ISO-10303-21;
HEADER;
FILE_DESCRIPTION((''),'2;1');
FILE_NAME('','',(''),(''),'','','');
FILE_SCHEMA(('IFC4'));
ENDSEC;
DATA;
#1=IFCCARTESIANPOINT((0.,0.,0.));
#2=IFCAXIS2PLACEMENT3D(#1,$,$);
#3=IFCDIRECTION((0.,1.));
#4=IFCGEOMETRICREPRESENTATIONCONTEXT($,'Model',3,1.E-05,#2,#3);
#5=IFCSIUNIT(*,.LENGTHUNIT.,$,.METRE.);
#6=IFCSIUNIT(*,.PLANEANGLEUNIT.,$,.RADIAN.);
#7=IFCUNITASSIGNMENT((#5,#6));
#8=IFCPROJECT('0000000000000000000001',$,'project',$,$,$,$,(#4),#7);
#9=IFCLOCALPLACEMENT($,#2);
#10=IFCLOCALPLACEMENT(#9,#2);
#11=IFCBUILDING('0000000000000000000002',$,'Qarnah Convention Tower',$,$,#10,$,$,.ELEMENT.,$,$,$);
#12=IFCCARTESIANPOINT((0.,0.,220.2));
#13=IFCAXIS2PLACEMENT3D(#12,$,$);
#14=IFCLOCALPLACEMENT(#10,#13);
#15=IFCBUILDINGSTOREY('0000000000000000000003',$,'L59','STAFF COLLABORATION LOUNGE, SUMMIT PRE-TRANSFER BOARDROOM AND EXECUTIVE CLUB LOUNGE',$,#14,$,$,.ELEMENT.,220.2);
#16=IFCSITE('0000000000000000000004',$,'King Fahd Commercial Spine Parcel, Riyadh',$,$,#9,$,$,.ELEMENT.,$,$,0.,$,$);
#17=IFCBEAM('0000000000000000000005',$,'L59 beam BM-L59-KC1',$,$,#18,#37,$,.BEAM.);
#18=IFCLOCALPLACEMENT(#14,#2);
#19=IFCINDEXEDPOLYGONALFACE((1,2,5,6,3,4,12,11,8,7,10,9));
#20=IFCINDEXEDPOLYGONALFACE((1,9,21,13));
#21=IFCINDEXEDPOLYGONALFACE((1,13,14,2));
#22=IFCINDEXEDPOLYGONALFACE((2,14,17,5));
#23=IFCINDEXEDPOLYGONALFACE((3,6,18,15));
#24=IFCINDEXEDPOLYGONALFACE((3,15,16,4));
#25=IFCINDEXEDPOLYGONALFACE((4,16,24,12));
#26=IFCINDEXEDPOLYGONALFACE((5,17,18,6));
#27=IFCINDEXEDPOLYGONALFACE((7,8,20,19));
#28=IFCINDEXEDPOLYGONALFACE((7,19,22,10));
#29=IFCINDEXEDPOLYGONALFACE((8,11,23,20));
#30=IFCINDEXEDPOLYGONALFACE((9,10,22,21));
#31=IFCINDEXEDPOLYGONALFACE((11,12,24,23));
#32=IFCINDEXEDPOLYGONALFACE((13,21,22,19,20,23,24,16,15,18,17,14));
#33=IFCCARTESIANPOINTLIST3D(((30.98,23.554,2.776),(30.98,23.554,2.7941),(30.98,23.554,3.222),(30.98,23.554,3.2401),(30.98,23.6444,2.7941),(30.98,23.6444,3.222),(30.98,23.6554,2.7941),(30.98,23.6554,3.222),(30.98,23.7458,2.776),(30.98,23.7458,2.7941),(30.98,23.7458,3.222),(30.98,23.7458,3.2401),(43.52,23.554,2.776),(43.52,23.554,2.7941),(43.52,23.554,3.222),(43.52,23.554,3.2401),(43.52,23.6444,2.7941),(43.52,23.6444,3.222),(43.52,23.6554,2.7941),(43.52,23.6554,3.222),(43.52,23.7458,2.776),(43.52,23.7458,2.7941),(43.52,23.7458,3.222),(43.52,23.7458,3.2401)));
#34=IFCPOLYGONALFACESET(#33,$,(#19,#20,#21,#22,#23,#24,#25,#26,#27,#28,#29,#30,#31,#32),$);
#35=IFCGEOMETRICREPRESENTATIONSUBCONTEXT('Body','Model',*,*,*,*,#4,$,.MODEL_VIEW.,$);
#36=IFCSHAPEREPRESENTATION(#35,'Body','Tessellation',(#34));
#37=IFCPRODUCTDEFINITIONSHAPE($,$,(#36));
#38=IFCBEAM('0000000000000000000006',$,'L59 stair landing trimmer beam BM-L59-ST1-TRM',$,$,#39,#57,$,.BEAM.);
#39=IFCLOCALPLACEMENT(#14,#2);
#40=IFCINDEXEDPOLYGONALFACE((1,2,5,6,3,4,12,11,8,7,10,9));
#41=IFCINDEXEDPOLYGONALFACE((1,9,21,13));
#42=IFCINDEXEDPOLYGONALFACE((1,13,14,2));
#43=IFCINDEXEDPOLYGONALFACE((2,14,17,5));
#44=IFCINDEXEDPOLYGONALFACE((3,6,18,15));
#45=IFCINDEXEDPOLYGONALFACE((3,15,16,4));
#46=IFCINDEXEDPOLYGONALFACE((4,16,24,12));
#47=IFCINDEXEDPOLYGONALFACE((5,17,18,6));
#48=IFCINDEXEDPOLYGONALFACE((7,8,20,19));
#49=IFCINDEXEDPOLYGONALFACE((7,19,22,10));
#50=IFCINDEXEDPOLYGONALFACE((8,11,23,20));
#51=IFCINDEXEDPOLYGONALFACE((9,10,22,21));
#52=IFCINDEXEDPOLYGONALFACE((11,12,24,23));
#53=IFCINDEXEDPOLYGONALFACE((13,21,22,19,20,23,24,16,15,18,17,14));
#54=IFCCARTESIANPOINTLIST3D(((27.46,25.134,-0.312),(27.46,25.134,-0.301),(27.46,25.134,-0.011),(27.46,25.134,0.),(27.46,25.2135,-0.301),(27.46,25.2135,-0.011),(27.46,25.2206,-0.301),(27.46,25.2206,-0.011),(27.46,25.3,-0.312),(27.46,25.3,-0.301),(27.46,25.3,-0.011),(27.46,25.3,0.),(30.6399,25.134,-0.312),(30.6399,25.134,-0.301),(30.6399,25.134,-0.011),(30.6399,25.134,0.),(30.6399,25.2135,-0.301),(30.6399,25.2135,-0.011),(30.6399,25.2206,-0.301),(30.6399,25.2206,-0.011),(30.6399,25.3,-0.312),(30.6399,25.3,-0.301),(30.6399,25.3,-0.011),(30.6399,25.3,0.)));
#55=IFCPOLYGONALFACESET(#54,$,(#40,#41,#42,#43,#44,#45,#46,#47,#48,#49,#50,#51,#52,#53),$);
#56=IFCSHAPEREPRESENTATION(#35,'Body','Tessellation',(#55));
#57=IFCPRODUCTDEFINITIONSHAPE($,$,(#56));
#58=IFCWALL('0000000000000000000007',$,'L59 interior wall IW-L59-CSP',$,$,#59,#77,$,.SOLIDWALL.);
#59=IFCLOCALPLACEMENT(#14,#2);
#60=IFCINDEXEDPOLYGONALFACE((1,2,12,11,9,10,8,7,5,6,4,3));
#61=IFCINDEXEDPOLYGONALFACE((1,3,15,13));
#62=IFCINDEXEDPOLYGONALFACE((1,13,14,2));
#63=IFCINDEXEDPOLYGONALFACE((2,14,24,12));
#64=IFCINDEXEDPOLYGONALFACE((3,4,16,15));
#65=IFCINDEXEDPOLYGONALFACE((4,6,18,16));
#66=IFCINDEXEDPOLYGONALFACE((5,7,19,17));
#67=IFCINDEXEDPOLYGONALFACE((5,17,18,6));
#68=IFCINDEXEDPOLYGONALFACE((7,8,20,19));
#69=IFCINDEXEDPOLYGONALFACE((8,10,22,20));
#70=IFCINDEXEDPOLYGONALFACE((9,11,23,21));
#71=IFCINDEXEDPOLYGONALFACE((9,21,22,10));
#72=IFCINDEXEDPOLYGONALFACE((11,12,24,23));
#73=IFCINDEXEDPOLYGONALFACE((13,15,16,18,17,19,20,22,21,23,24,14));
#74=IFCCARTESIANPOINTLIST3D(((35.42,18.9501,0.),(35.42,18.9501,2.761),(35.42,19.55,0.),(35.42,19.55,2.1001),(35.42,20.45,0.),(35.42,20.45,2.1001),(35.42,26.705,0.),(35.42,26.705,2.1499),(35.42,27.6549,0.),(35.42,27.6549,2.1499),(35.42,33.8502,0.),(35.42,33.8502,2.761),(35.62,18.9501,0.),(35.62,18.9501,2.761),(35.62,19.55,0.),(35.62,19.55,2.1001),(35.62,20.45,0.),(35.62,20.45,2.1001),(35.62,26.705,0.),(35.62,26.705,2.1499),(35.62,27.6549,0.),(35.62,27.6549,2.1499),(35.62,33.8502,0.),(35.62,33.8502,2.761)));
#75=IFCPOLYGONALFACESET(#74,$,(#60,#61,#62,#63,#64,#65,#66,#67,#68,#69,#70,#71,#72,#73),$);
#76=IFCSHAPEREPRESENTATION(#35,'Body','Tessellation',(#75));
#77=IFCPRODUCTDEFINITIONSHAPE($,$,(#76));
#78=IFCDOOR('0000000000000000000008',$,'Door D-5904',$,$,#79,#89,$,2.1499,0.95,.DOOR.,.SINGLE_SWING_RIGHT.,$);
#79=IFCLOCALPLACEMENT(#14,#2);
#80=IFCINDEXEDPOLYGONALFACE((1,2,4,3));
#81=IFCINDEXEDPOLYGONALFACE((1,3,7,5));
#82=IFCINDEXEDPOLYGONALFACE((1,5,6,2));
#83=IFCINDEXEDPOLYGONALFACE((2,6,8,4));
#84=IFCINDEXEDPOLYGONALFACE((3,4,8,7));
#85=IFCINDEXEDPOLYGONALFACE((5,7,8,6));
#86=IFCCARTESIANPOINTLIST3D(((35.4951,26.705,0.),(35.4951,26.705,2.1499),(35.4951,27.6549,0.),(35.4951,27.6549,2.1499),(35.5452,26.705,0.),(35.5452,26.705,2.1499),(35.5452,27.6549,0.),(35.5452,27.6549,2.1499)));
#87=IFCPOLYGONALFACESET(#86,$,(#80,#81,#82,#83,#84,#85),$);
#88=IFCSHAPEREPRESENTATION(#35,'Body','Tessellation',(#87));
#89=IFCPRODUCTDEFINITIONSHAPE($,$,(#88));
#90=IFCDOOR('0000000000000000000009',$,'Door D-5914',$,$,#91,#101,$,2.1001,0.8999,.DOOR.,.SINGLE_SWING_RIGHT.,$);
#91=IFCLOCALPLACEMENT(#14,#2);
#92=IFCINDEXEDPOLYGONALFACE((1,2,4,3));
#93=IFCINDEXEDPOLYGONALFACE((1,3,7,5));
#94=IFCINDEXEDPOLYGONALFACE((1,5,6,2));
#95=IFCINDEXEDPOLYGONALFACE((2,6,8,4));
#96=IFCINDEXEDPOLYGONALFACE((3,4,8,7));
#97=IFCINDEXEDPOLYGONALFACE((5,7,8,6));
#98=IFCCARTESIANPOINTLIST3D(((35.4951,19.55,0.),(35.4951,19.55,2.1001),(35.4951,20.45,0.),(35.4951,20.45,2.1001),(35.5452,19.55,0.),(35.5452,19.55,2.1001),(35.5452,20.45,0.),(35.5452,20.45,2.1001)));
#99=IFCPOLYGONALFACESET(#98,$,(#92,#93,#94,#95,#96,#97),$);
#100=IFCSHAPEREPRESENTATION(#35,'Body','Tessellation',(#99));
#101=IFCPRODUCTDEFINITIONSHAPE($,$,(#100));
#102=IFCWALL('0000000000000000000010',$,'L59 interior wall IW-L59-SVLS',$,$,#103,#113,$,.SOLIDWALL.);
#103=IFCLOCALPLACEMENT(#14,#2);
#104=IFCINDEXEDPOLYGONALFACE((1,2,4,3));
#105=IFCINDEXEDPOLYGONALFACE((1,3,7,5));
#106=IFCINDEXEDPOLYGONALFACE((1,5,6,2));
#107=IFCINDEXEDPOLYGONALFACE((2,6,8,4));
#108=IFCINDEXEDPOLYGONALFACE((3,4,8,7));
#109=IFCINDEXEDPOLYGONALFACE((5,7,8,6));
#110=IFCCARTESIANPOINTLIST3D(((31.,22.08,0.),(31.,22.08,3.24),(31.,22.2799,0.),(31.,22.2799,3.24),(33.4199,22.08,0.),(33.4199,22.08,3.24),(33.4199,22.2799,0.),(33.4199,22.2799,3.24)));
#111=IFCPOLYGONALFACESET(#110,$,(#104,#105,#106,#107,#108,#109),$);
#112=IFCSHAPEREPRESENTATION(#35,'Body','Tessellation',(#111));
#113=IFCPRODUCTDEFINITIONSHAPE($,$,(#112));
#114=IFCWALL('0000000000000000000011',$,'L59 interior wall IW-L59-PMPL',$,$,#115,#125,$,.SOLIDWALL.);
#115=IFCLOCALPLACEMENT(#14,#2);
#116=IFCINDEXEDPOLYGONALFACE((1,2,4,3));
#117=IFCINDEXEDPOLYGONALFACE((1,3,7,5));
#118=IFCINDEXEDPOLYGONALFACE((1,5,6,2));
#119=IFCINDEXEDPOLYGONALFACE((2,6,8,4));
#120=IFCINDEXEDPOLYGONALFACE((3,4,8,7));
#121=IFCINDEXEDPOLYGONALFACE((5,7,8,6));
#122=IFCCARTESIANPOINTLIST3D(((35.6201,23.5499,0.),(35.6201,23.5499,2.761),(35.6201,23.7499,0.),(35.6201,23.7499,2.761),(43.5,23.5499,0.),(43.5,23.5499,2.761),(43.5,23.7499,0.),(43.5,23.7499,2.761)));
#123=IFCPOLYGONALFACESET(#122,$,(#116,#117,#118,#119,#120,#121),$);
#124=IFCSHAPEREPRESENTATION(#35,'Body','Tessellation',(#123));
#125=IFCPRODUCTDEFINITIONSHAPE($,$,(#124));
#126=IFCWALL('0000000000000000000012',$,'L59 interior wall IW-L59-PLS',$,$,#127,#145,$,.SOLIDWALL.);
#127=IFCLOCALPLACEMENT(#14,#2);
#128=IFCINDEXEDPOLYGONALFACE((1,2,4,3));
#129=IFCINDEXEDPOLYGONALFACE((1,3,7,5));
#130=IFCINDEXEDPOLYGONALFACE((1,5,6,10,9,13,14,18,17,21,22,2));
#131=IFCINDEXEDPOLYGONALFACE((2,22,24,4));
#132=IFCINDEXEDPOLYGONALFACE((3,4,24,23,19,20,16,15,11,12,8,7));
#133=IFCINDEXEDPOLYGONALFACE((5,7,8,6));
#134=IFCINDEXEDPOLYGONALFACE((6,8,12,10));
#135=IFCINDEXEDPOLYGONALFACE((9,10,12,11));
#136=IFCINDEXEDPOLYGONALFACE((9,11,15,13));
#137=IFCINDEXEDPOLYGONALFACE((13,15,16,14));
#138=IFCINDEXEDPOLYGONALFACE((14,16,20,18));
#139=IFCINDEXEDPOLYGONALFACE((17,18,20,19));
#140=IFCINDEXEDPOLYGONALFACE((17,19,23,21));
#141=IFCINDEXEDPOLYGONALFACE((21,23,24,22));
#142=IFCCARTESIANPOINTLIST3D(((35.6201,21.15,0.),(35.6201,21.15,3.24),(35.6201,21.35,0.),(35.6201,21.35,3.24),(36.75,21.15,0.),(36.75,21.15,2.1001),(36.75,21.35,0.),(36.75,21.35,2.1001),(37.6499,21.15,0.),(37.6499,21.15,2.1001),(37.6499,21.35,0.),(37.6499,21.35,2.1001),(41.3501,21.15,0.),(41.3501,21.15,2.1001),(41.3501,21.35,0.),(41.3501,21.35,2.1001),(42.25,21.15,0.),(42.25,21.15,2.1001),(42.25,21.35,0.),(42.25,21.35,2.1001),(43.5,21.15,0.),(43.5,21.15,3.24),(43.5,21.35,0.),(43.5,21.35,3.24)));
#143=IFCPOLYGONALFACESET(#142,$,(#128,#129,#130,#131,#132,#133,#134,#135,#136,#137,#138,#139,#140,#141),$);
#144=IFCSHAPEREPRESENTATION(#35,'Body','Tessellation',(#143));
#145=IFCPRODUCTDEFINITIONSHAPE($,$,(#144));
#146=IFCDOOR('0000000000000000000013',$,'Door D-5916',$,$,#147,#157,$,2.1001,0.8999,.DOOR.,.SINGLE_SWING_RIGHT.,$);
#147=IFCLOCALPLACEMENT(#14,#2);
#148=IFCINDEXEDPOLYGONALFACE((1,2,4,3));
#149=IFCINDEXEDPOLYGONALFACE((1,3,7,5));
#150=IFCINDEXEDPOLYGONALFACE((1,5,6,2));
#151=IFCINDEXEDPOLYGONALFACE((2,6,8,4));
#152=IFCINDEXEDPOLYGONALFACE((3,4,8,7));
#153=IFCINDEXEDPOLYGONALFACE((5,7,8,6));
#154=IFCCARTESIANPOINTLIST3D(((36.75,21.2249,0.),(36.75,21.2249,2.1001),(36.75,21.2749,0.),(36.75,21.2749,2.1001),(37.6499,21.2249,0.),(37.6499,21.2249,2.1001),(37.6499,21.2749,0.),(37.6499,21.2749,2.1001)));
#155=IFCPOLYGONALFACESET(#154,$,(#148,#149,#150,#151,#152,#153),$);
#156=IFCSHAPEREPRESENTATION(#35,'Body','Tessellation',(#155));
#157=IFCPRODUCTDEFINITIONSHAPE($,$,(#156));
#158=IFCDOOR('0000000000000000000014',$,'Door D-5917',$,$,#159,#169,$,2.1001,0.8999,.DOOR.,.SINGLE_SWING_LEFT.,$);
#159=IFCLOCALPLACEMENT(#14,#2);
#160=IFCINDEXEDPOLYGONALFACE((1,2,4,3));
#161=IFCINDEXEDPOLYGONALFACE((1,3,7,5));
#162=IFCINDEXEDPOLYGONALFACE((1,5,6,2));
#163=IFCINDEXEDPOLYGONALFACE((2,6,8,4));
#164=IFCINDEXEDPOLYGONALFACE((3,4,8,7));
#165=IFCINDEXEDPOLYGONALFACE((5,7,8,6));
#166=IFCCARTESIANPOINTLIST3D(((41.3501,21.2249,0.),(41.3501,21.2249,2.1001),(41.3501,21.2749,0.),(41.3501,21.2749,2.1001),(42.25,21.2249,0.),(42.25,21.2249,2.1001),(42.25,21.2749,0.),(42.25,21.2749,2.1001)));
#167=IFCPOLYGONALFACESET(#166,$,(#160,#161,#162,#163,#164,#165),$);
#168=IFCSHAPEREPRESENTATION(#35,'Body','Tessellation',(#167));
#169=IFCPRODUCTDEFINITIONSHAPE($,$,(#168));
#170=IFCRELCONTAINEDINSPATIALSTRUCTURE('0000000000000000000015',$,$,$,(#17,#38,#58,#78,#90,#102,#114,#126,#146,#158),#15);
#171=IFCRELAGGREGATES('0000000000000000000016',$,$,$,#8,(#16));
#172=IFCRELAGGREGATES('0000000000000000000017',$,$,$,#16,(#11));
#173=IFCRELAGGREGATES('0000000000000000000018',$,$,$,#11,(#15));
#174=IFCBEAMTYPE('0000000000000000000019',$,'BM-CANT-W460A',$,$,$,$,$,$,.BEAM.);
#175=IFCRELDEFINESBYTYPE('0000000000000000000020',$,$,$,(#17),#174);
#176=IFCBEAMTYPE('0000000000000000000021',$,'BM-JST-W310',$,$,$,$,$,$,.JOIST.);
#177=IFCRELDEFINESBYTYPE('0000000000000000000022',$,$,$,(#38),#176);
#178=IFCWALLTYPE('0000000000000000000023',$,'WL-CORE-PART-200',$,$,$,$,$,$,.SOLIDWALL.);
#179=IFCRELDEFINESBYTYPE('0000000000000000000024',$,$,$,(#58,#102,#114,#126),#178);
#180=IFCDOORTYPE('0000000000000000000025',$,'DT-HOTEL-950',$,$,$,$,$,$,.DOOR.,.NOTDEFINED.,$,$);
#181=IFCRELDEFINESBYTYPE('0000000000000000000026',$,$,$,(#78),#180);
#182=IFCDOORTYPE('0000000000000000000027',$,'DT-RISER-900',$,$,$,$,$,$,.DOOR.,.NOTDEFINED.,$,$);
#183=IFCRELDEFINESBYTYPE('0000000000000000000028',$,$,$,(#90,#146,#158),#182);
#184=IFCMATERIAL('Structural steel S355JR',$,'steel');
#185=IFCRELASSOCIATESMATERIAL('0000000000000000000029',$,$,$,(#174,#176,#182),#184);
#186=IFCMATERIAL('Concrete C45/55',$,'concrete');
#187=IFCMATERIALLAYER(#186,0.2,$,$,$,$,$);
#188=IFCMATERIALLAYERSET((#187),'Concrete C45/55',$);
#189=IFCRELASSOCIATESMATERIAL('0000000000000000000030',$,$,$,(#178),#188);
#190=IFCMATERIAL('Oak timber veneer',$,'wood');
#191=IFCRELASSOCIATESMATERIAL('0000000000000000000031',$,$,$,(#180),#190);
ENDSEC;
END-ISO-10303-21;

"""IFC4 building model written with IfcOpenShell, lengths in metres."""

from ifc_helpers import new_model, si_unit, direction, frame, frame_2d, origin, origin_2d, place, context, subcontext, project, spatial, rectangle, i_section, extrude, material, layer, layer_set, material_profile, profile_set, type_object, element, fill, save


model = new_model("IFC4")

# Units and contexts
model_context = context("Model", 3, precision=1e-05, world=origin(), true_north=direction((0.0, 1.0)))
body_context = subcontext(model_context, "Body", "Model", "MODEL_VIEW")
ifc_project = project(units=[si_unit("LENGTHUNIT", "METRE"), si_unit("PLANEANGLEUNIT", "RADIAN")], contexts=[model_context])

# Site, building, storey
site_placement = place(None, origin())
site = spatial("IfcSite", under=ifc_project, at=site_placement, Name="King Fahd Commercial Spine Parcel, Riyadh", CompositionType="ELEMENT", RefElevation=0.0)
building_placement = place(site_placement, origin())
building = spatial("IfcBuilding", under=site, at=building_placement, Name="Qarnah Convention Tower", CompositionType="ELEMENT")
storey_placement = place(building_placement, frame((0.0, 0.0, 220.2)))
storey = spatial("IfcBuildingStorey", under=building, at=storey_placement, Name="L59", Description="STAFF COLLABORATION LOUNGE, SUMMIT PRE-TRANSFER BOARDROOM AND EXECUTIVE CLUB LOUNGE", CompositionType="ELEMENT", Elevation=220.2)

# Beams
ifc_material_1 = material(Name="Structural steel S355JR", Category="steel")
ifc_material_profile_1 = material_profile(ifc_material_1, i_section(OverallWidth=0.1919, OverallDepth=0.4641, WebThickness=0.011, FlangeThickness=0.0181, at=origin_2d()), Name="W460X89")
ifc_profile_set_1 = profile_set([ifc_material_profile_1], Name="Structural steel S355JR")
beam_type_1 = type_object("IfcBeamType", Name="BM-CANT-W460A", PredefinedType="BEAM", material=ifc_profile_set_1)
beam_1_placement = place(storey_placement, frame((30.98, 23.6499, 3.0081), z_axis=(1.0, 0.0, 0.0), x_axis=(0.0, 1.0, 0.0)))
element("IfcBeam", 1, at=beam_1_placement, inside=storey, type_object=beam_type_1, Name="L59 beam BM-L59-KC1", PredefinedType="BEAM", context=body_context, shape_type="SweptSolid", body=[
    extrude(i_section(OverallWidth=0.1919, OverallDepth=0.4641, WebThickness=0.011, FlangeThickness=0.0181, at=origin_2d()), origin(), (0.0, 0.0, 1.0), 12.54),
])
ifc_material_profile_2 = material_profile(ifc_material_1, i_section(OverallWidth=0.166, OverallDepth=0.312, WebThickness=0.0071, FlangeThickness=0.011, at=origin_2d()), Name="W310X45")
ifc_profile_set_2 = profile_set([ifc_material_profile_2], Name="Structural steel S355JR")
beam_type_2 = type_object("IfcBeamType", Name="BM-JST-W310", PredefinedType="JOIST", material=ifc_profile_set_2)
beam_2_placement = place(storey_placement, frame((27.46, 25.217, -0.156), z_axis=(1.0, 0.0, 0.0), x_axis=(0.0, 1.0, 0.0)))
element("IfcBeam", 2, at=beam_2_placement, inside=storey, type_object=beam_type_2, Name="L59 stair landing trimmer beam BM-L59-ST1-TRM", PredefinedType="BEAM", context=body_context, shape_type="SweptSolid", body=[
    extrude(i_section(OverallWidth=0.166, OverallDepth=0.312, WebThickness=0.0071, FlangeThickness=0.011, at=origin_2d()), origin(), (0.0, 0.0, 1.0), 3.1799),
])

# Wall, openings, doors
ifc_material_2 = material(Name="Concrete C45/55", Category="concrete")
ifc_layer_1 = layer(ifc_material_2, 0.2)
ifc_layer_set_1 = layer_set([ifc_layer_1], Name="Concrete C45/55")
wall_type_1 = type_object("IfcWallType", Name="WL-CORE-PART-200", PredefinedType="SOLIDWALL", material=ifc_layer_set_1)
wall_1_placement = place(storey_placement, frame((35.52, 18.95, 0.0), z_axis=(0.0, 0.0, 1.0), x_axis=(0.0, 1.0, 0.0)))
wall_1 = element("IfcWall", 3, at=wall_1_placement, inside=storey, type_object=wall_type_1, Name="L59 interior wall IW-L59-CSP", PredefinedType="SOLIDWALL", context=body_context, shape_type="SweptSolid", body=[
    extrude(rectangle(XDim=14.9001, YDim=0.2, at=frame_2d((7.4502, 0.0))), origin(), (0.0, 0.0, 1.0), 2.761),
])
opening_1_placement = place(wall_1_placement, frame((7.7549, 0.0, 0.0)))
opening_1 = element("IfcOpeningElement", 4, at=opening_1_placement, cuts=wall_1, PredefinedType="OPENING", context=body_context, shape_type="SweptSolid", body=[
    extrude(rectangle(XDim=0.95, YDim=2.1499, at=frame_2d((0.4751, 1.075))), frame((0.0, 0.1099, 0.0), z_axis=(0.0, -1.0, 0.0), x_axis=(1.0, 0.0, 0.0)), (0.0, 0.0, 1.0), 0.22),
])
opening_2_placement = place(wall_1_placement, frame((0.6001, 0.0, 0.0)))
opening_2 = element("IfcOpeningElement", 5, at=opening_2_placement, cuts=wall_1, PredefinedType="OPENING", context=body_context, shape_type="SweptSolid", body=[
    extrude(rectangle(XDim=0.8999, YDim=2.1001, at=frame_2d((0.45, 1.05))), frame((0.0, 0.1099, 0.0), z_axis=(0.0, -1.0, 0.0), x_axis=(1.0, 0.0, 0.0)), (0.0, 0.0, 1.0), 0.22),
])
ifc_material_3 = material(Name="Oak timber veneer", Category="wood")
door_type_1 = type_object("IfcDoorType", Name="DT-HOTEL-950", OperationType="NOTDEFINED", PredefinedType="DOOR", material=ifc_material_3)
door_1_placement = place(opening_1_placement, origin())
door_1 = element("IfcDoor", 6, at=door_1_placement, inside=storey, type_object=door_type_1, Name="Door D-5904", OperationType="SINGLE_SWING_RIGHT", OverallHeight=2.1499, OverallWidth=0.95, PredefinedType="DOOR", context=body_context, shape_type="SweptSolid", body=[
    extrude(rectangle(XDim=0.95, YDim=2.1499, at=frame_2d((0.4751, 1.075))), frame((0.0, 0.0249, 0.0), z_axis=(0.0, -1.0, 0.0), x_axis=(1.0, 0.0, 0.0)), (0.0, 0.0, 1.0), 0.05),
])
fill(opening_1, door_1)
door_type_2 = type_object("IfcDoorType", Name="DT-RISER-900", OperationType="NOTDEFINED", PredefinedType="DOOR", material=ifc_material_1)
door_2_placement = place(opening_2_placement, origin())
door_2 = element("IfcDoor", 7, at=door_2_placement, inside=storey, type_object=door_type_2, Name="Door D-5914", OperationType="SINGLE_SWING_RIGHT", OverallHeight=2.1001, OverallWidth=0.8999, PredefinedType="DOOR", context=body_context, shape_type="SweptSolid", body=[
    extrude(rectangle(XDim=0.8999, YDim=2.1001, at=frame_2d((0.45, 1.05))), frame((0.0, 0.0249, 0.0), z_axis=(0.0, -1.0, 0.0), x_axis=(1.0, 0.0, 0.0)), (0.0, 0.0, 1.0), 0.05),
])
fill(opening_2, door_2)

# Walls
wall_2_placement = place(storey_placement, frame((31.0, 22.1799, 0.0), z_axis=(0.0, 0.0, 1.0), x_axis=(1.0, 0.0, 0.0)))
element("IfcWall", 8, at=wall_2_placement, inside=storey, type_object=wall_type_1, Name="L59 interior wall IW-L59-SVLS", PredefinedType="SOLIDWALL", context=body_context, shape_type="SweptSolid", body=[
    extrude(rectangle(XDim=2.4199, YDim=0.2, at=frame_2d((1.21, 0.0))), origin(), (0.0, 0.0, 1.0), 3.24),
])
wall_3_placement = place(storey_placement, frame((35.6201, 23.6499, 0.0), z_axis=(0.0, 0.0, 1.0), x_axis=(1.0, 0.0, 0.0)))
element("IfcWall", 9, at=wall_3_placement, inside=storey, type_object=wall_type_1, Name="L59 interior wall IW-L59-PMPL", PredefinedType="SOLIDWALL", context=body_context, shape_type="SweptSolid", body=[
    extrude(rectangle(XDim=7.8799, YDim=0.2, at=frame_2d((3.9399, 0.0))), origin(), (0.0, 0.0, 1.0), 2.761),
])

# Wall, openings, doors
wall_4_placement = place(storey_placement, frame((35.6201, 21.25, 0.0), z_axis=(0.0, 0.0, 1.0), x_axis=(1.0, 0.0, 0.0)))
wall_4 = element("IfcWall", 10, at=wall_4_placement, inside=storey, type_object=wall_type_1, Name="L59 interior wall IW-L59-PLS", PredefinedType="SOLIDWALL", context=body_context, shape_type="SweptSolid", body=[
    extrude(rectangle(XDim=7.8799, YDim=0.2, at=frame_2d((3.9399, 0.0))), origin(), (0.0, 0.0, 1.0), 3.24),
])
opening_3_placement = place(wall_4_placement, frame((1.1299, 0.0, 0.0)))
opening_3 = element("IfcOpeningElement", 11, at=opening_3_placement, cuts=wall_4, PredefinedType="OPENING", context=body_context, shape_type="SweptSolid", body=[
    extrude(rectangle(XDim=0.8999, YDim=2.1001, at=frame_2d((0.45, 1.05))), frame((0.0, 0.1099, 0.0), z_axis=(0.0, -1.0, 0.0), x_axis=(1.0, 0.0, 0.0)), (0.0, 0.0, 1.0), 0.22),
])
opening_4_placement = place(wall_4_placement, frame((5.73, 0.0, 0.0)))
opening_4 = element("IfcOpeningElement", 12, at=opening_4_placement, cuts=wall_4, PredefinedType="OPENING", context=body_context, shape_type="SweptSolid", body=[
    extrude(rectangle(XDim=0.8999, YDim=2.1001, at=frame_2d((0.45, 1.05))), frame((0.0, 0.1099, 0.0), z_axis=(0.0, -1.0, 0.0), x_axis=(1.0, 0.0, 0.0)), (0.0, 0.0, 1.0), 0.22),
])
door_3_placement = place(opening_3_placement, origin())
door_3 = element("IfcDoor", 13, at=door_3_placement, inside=storey, type_object=door_type_2, Name="Door D-5916", OperationType="SINGLE_SWING_RIGHT", OverallHeight=2.1001, OverallWidth=0.8999, PredefinedType="DOOR", context=body_context, shape_type="SweptSolid", body=[
    extrude(rectangle(XDim=0.8999, YDim=2.1001, at=frame_2d((0.45, 1.05))), frame((0.0, 0.0249, 0.0), z_axis=(0.0, -1.0, 0.0), x_axis=(1.0, 0.0, 0.0)), (0.0, 0.0, 1.0), 0.05),
])
fill(opening_3, door_3)
door_4_placement = place(opening_4_placement, origin())
door_4 = element("IfcDoor", 14, at=door_4_placement, inside=storey, type_object=door_type_2, Name="Door D-5917", OperationType="SINGLE_SWING_LEFT", OverallHeight=2.1001, OverallWidth=0.8999, PredefinedType="DOOR", context=body_context, shape_type="SweptSolid", body=[
    extrude(rectangle(XDim=0.8999, YDim=2.1001, at=frame_2d((0.45, 1.05))), frame((0.0, 0.0249, 0.0), z_axis=(0.0, -1.0, 0.0), x_axis=(1.0, 0.0, 0.0)), (0.0, 0.0, 1.0), 0.05),
])
fill(opening_4, door_4)

save(model, "model.ifc")
